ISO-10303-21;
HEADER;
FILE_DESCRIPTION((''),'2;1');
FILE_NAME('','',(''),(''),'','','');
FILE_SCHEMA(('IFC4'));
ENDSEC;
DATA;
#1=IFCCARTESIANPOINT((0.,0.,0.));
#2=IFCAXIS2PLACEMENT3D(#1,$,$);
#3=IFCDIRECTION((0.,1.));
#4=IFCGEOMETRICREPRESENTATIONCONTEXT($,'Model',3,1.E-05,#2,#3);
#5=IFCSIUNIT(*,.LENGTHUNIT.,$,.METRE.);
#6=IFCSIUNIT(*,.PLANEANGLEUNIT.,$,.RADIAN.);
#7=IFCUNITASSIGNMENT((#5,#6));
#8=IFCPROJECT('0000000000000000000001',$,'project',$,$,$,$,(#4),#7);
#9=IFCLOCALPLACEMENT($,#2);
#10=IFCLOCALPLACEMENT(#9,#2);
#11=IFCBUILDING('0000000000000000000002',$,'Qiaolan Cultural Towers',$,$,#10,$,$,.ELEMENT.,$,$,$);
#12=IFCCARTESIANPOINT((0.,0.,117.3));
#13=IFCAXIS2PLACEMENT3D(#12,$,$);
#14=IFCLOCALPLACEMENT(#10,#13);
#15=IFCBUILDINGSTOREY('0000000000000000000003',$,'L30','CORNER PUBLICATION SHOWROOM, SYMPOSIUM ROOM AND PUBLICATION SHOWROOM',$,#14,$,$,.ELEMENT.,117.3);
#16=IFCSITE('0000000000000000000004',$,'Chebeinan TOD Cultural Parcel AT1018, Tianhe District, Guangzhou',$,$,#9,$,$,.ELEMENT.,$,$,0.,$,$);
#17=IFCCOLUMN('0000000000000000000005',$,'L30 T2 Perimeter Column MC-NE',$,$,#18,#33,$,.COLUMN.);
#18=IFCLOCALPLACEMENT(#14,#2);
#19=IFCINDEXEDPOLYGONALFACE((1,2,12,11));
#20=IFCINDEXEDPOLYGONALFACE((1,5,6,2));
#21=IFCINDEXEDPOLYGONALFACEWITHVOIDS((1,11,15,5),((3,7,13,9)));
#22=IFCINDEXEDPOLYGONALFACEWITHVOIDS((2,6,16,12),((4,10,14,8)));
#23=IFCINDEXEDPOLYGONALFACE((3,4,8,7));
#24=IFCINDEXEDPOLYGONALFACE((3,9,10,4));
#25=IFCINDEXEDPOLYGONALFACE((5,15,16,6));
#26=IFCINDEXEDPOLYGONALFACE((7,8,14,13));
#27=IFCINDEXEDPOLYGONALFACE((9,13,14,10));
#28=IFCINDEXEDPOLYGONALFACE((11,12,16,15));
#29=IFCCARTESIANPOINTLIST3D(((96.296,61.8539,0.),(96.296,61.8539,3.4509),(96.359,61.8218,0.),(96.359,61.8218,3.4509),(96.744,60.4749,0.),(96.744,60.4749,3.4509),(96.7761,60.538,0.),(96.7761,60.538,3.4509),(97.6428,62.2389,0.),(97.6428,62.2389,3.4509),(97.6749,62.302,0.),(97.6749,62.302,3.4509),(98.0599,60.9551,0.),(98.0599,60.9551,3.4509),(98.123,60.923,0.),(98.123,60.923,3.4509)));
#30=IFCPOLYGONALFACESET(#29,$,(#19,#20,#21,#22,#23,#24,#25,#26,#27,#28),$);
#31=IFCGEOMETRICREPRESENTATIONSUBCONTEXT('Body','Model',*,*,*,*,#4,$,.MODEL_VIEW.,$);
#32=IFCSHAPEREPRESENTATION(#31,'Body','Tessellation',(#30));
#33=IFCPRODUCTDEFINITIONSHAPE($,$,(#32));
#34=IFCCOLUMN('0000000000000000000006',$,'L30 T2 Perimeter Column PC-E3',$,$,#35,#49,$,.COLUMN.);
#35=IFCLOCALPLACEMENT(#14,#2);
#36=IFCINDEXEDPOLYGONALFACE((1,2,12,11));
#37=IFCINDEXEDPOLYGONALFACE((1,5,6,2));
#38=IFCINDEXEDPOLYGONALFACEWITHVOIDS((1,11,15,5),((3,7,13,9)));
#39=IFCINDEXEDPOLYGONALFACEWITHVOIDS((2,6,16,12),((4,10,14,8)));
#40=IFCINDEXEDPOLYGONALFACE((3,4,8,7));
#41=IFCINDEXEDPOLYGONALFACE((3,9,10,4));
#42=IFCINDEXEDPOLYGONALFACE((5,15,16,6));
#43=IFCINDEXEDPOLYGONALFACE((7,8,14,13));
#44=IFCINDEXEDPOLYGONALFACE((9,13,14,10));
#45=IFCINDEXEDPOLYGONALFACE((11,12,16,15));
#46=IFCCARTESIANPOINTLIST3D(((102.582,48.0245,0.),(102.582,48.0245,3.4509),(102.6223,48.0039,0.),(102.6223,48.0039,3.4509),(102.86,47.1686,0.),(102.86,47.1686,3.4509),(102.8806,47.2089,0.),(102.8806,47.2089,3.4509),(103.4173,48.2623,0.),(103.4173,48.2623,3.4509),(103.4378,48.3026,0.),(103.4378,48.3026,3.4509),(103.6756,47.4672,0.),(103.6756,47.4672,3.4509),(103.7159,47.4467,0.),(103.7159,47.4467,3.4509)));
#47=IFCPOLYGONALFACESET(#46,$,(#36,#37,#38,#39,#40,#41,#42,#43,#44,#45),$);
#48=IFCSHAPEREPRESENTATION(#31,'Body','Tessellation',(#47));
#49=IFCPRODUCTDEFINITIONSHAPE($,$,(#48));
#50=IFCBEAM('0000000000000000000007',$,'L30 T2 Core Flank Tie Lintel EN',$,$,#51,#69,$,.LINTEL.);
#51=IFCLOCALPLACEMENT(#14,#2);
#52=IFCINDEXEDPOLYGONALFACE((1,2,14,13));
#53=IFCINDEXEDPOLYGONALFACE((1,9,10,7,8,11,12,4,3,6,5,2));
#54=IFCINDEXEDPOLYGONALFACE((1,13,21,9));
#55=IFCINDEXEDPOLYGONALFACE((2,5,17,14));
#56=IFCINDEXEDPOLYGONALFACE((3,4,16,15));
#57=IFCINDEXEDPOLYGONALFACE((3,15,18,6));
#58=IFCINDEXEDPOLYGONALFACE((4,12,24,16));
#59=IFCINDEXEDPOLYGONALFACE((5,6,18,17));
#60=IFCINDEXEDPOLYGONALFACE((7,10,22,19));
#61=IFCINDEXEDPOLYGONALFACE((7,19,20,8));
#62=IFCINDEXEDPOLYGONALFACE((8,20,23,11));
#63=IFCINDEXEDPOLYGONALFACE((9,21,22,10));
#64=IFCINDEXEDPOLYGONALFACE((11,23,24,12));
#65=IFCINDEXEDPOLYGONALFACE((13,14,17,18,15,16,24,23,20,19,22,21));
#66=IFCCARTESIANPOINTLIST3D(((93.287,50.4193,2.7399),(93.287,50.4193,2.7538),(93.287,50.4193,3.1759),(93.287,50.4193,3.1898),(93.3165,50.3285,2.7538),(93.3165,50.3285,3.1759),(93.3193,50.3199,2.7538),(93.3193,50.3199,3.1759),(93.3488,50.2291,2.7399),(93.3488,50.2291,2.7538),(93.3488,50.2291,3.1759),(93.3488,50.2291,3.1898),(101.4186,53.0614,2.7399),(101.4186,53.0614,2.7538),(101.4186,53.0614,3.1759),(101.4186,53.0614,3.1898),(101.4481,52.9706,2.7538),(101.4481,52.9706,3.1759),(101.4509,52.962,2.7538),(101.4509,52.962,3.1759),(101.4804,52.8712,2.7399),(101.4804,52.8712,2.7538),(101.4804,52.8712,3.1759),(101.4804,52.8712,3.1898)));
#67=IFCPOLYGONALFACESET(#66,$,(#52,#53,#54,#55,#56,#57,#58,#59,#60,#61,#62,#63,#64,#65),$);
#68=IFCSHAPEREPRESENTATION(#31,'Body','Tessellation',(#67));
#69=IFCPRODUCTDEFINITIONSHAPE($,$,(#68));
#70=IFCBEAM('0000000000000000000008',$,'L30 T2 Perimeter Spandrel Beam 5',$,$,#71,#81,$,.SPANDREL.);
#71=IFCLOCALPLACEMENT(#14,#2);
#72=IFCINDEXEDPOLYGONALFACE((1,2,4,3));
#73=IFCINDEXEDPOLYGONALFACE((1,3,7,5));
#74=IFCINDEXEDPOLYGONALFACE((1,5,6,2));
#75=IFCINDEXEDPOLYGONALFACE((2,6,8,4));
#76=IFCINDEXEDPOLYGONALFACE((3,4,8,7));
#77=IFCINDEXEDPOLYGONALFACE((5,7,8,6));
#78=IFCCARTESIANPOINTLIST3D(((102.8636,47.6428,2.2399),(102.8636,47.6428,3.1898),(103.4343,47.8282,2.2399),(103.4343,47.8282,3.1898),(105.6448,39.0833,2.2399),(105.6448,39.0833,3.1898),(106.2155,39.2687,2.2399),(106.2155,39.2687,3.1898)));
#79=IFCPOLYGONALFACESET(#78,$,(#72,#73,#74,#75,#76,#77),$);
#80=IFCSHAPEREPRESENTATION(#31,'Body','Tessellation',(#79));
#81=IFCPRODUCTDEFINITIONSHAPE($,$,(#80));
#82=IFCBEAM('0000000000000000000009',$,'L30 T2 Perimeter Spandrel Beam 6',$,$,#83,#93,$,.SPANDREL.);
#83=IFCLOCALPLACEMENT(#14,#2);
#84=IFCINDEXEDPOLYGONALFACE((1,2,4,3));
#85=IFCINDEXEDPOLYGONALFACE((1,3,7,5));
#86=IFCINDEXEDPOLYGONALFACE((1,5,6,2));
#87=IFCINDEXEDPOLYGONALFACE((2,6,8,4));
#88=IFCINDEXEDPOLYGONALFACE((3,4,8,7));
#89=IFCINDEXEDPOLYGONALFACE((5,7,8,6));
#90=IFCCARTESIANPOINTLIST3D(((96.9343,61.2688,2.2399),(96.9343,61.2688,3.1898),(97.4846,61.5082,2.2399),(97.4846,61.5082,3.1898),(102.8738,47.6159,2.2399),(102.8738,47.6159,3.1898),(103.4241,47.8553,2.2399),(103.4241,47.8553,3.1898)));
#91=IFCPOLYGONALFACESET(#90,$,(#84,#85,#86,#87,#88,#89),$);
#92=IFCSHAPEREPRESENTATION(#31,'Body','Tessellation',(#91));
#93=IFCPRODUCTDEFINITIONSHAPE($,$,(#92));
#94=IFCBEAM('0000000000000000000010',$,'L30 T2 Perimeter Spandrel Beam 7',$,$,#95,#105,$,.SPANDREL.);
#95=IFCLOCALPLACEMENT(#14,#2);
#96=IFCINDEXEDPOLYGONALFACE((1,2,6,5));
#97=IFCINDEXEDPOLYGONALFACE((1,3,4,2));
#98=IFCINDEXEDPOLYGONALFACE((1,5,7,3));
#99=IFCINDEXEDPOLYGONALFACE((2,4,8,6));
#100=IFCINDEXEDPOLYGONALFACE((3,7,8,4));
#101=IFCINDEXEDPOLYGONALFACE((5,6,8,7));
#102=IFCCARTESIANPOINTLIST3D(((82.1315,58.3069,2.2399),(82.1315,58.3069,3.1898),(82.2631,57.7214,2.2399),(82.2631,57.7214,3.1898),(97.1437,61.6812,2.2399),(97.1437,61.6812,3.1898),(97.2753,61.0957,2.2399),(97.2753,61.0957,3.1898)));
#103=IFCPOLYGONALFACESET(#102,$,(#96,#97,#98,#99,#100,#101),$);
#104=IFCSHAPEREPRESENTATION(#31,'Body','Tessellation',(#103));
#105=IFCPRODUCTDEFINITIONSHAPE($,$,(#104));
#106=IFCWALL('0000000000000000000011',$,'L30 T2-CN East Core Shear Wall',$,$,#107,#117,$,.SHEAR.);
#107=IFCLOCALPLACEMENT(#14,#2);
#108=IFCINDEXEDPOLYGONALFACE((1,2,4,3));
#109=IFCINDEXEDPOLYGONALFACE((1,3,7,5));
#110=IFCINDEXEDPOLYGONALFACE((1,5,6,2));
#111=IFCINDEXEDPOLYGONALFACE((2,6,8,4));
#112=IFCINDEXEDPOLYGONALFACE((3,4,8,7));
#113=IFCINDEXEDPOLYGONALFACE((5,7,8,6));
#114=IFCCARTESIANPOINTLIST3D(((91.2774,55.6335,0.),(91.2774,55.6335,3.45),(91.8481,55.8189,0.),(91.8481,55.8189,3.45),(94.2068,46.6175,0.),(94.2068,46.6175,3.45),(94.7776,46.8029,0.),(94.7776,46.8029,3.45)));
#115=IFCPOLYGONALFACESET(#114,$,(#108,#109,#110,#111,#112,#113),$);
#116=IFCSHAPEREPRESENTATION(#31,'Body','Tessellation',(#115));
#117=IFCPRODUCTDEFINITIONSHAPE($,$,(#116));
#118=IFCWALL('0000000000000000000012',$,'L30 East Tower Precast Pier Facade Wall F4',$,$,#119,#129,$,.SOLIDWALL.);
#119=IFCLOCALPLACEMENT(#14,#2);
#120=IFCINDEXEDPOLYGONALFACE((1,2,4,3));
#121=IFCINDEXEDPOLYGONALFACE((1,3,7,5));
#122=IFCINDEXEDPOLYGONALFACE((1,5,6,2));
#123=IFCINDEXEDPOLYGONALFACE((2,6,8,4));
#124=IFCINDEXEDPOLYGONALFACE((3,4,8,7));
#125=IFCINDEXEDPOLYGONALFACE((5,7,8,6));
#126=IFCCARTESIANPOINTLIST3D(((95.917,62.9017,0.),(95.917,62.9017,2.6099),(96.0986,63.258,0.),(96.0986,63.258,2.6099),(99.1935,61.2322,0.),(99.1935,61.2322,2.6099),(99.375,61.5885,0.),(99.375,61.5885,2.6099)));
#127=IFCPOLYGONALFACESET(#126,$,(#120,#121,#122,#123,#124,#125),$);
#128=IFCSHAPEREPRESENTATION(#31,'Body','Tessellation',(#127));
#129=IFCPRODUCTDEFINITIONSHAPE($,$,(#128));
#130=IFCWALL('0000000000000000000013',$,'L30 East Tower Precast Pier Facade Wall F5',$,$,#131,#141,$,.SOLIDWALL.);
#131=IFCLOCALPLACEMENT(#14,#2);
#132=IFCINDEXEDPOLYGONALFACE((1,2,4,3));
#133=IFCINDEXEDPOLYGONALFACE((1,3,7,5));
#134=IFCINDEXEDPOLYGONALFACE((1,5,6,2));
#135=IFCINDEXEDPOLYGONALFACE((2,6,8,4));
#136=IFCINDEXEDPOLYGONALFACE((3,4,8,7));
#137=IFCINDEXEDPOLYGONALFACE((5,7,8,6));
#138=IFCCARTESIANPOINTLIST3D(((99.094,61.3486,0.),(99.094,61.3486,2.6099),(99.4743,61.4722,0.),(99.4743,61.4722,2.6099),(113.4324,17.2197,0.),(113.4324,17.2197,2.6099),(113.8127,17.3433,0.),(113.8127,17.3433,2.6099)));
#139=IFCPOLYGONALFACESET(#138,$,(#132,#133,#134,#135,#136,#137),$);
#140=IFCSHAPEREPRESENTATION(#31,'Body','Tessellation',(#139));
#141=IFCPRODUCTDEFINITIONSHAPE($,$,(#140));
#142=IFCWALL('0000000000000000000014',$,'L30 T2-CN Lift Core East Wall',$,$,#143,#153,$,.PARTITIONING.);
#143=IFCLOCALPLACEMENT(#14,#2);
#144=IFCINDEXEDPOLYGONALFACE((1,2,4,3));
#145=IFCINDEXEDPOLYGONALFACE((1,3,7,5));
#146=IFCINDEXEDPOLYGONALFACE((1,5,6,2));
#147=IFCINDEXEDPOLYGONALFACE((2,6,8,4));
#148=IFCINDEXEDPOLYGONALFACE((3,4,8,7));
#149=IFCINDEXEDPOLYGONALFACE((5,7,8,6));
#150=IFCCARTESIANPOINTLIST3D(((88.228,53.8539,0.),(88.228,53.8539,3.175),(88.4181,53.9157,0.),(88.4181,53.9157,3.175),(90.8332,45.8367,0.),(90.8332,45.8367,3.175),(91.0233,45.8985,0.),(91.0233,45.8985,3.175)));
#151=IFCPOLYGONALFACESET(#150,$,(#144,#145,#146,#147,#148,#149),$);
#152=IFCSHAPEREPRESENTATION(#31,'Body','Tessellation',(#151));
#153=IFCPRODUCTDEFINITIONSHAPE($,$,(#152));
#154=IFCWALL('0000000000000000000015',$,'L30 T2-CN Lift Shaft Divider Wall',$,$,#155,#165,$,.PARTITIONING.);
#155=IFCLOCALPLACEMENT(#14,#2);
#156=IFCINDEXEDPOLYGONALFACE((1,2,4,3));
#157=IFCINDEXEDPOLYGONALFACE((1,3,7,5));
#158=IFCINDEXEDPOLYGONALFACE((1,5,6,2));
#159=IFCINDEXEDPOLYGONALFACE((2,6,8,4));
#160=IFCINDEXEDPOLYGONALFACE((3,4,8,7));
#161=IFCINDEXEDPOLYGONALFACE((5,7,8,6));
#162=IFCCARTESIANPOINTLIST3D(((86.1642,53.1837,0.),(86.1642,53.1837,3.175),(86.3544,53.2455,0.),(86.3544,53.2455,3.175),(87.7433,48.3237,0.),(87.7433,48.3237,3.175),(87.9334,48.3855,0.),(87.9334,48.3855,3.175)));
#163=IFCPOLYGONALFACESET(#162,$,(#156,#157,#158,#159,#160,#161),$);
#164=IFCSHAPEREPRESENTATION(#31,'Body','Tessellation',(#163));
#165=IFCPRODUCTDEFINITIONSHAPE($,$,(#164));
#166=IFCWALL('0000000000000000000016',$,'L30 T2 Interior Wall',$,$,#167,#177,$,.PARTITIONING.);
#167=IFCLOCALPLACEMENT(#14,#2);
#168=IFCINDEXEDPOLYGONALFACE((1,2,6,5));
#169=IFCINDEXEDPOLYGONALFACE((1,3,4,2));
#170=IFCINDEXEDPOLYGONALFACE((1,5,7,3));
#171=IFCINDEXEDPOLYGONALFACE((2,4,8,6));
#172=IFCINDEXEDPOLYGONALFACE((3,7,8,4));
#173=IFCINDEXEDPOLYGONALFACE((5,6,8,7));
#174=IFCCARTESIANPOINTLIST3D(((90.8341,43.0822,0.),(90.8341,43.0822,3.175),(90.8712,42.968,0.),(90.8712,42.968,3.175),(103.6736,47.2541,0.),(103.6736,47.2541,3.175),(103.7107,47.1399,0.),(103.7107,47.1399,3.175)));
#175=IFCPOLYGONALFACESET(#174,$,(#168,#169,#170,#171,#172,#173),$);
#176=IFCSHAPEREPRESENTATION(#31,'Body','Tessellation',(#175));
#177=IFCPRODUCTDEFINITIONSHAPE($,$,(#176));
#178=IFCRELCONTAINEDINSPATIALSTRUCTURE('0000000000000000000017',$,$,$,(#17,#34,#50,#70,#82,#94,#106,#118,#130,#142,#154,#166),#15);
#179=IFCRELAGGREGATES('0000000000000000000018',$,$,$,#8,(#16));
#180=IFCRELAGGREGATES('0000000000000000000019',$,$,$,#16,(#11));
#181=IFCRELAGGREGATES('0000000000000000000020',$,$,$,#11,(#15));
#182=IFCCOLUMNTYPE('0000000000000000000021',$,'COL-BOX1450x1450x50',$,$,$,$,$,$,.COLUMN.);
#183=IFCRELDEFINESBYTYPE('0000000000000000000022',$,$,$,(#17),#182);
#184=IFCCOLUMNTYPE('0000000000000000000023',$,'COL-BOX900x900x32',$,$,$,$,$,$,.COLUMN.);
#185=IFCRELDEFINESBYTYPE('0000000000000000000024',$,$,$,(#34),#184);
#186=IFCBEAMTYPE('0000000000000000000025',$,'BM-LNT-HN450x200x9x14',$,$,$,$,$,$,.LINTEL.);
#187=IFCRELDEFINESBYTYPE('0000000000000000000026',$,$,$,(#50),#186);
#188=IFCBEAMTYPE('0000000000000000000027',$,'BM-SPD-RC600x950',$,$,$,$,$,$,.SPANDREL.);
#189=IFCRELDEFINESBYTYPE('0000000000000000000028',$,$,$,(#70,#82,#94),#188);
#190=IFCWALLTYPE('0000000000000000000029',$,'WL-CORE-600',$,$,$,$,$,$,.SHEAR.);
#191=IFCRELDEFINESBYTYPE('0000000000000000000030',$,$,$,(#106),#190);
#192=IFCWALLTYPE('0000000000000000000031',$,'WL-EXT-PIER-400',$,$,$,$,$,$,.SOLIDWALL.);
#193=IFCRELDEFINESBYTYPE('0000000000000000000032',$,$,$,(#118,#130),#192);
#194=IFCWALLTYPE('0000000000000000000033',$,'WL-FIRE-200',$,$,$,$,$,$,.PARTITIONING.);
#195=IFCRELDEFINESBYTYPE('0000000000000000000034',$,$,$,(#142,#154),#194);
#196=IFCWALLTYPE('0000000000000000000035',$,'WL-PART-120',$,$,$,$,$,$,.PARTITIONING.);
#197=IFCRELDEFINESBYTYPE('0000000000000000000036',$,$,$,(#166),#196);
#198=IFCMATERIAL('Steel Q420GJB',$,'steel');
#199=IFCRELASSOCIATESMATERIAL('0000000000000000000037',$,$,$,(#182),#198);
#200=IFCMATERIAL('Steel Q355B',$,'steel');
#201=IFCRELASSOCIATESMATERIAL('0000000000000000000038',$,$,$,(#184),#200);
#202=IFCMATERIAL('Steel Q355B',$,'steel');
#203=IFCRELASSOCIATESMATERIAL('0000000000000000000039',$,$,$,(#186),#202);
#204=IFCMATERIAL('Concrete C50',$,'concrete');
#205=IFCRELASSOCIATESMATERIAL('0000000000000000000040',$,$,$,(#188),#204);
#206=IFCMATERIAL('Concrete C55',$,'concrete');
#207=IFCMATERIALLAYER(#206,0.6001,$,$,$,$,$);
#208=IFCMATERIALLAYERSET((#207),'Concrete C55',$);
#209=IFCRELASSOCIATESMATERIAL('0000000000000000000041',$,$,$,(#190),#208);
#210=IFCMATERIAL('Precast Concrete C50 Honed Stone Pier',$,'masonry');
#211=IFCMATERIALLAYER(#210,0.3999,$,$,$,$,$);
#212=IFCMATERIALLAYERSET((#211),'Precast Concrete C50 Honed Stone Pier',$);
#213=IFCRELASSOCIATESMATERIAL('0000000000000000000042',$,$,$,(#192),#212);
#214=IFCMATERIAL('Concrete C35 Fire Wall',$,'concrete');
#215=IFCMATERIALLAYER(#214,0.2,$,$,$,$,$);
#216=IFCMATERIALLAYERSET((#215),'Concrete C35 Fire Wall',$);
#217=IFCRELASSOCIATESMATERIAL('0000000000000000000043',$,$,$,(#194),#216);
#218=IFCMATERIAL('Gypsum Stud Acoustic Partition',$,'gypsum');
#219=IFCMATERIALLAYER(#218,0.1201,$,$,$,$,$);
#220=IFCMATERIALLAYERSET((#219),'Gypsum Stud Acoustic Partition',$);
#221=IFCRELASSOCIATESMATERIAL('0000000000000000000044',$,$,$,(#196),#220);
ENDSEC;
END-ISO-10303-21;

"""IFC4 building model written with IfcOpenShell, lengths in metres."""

from ifc_helpers import new_model, si_unit, direction, frame, frame_2d, origin, origin_2d, place, context, subcontext, project, spatial, rectangle, hollow_rectangle, i_section, extrude, material, layer, layer_set, material_profile, profile_set, type_object, element, save


model = new_model("IFC4")

# Units and contexts
model_context = context("Model", 3, precision=1e-05, world=origin(), true_north=direction((0.0, 1.0)))
body_context = subcontext(model_context, "Body", "Model", "MODEL_VIEW")
ifc_project = project(units=[si_unit("LENGTHUNIT", "METRE"), si_unit("PLANEANGLEUNIT", "RADIAN")], contexts=[model_context])

# Site, building, storey
site_placement = place(None, origin())
site = spatial("IfcSite", under=ifc_project, at=site_placement, Name="Chebeinan TOD Cultural Parcel AT1018, Tianhe District, Guangzhou", CompositionType="ELEMENT", RefElevation=0.0)
building_placement = place(site_placement, origin())
building = spatial("IfcBuilding", under=site, at=building_placement, Name="Qiaolan Cultural Towers", CompositionType="ELEMENT")
storey_placement = place(building_placement, frame((0.0, 0.0, 117.3)))
storey = spatial("IfcBuildingStorey", under=building, at=storey_placement, Name="L30", Description="CORNER PUBLICATION SHOWROOM, SYMPOSIUM ROOM AND PUBLICATION SHOWROOM", CompositionType="ELEMENT", Elevation=117.3)

# Columns
ifc_material_1 = material(Name="Steel Q420GJB", Category="steel")
ifc_material_profile_1 = material_profile(ifc_material_1, hollow_rectangle(XDim=1.45, YDim=1.45, WallThickness=0.05, at=origin_2d()), Name="BOX1450x1450x50")
ifc_profile_set_1 = profile_set([ifc_material_profile_1], Name="Steel Q420GJB")
column_type_1 = type_object("IfcColumnType", Name="COL-BOX1450x1450x50", PredefinedType="COLUMN", material=ifc_profile_set_1)
column_1_placement = place(storey_placement, frame((97.2095, 61.3884, 0.0), z_axis=(0.0, 0.0, 1.0), x_axis=(0.951057, 0.309017, 0.0)))
element("IfcColumn", 1, at=column_1_placement, inside=storey, type_object=column_type_1, Name="L30 T2 Perimeter Column MC-NE", PredefinedType="COLUMN", context=body_context, shape_type="SweptSolid", body=[
    extrude(hollow_rectangle(XDim=1.45, YDim=1.45, WallThickness=0.05, at=origin_2d()), origin(), (0.0, 0.0, 1.0), 3.4509),
])
ifc_material_2 = material(Name="Steel Q355B", Category="steel")
ifc_material_profile_2 = material_profile(ifc_material_2, hollow_rectangle(XDim=0.8999, YDim=0.8999, WallThickness=0.032, at=origin_2d()), Name="BOX900x900x32")
ifc_profile_set_2 = profile_set([ifc_material_profile_2], Name="Steel Q355B")
column_type_2 = type_object("IfcColumnType", Name="COL-BOX900x900x32", PredefinedType="COLUMN", material=ifc_profile_set_2)
column_2_placement = place(storey_placement, frame((103.1489, 47.7356, 0.0), z_axis=(0.0, 0.0, 1.0), x_axis=(0.951057, 0.309017, 0.0)))
element("IfcColumn", 2, at=column_2_placement, inside=storey, type_object=column_type_2, Name="L30 T2 Perimeter Column PC-E3", PredefinedType="COLUMN", context=body_context, shape_type="SweptSolid", body=[
    extrude(hollow_rectangle(XDim=0.8999, YDim=0.8999, WallThickness=0.032, at=origin_2d()), origin(), (0.0, 0.0, 1.0), 3.4509),
])

# Beams
ifc_material_3 = material(Name="Steel Q355B", Category="steel")
ifc_material_profile_3 = material_profile(ifc_material_3, i_section(OverallWidth=0.2, OverallDepth=0.45, WebThickness=0.009, FlangeThickness=0.0139, at=origin_2d()), Name="HN450x200x9x14")
ifc_profile_set_3 = profile_set([ifc_material_profile_3], Name="Steel Q355B")
beam_type_1 = type_object("IfcBeamType", Name="BM-LNT-HN450x200x9x14", PredefinedType="LINTEL", material=ifc_profile_set_3)
beam_1_placement = place(storey_placement, frame((93.3179, 50.3242, 2.9648), z_axis=(0.951057, 0.309014, 0.0), x_axis=(-0.309014, 0.951057, 0.0)))
element("IfcBeam", 3, at=beam_1_placement, inside=storey, type_object=beam_type_1, Name="L30 T2 Core Flank Tie Lintel EN", PredefinedType="LINTEL", context=body_context, shape_type="SweptSolid", body=[
    extrude(i_section(OverallWidth=0.2, OverallDepth=0.45, WebThickness=0.009, FlangeThickness=0.0139, at=origin_2d()), origin(), (0.0, 0.0, 1.0), 8.55),
])
ifc_material_4 = material(Name="Concrete C50", Category="concrete")
ifc_material_profile_4 = material_profile(ifc_material_4, rectangle(XDim=0.6001, YDim=0.95, at=origin_2d()), Name="RC600x950")
ifc_profile_set_4 = profile_set([ifc_material_profile_4], Name="Concrete C50")
beam_type_2 = type_object("IfcBeamType", Name="BM-SPD-RC600x950", PredefinedType="SPANDREL", material=ifc_profile_set_4)
beam_2_placement = place(storey_placement, frame((105.9302, 39.176, 2.7148), z_axis=(-0.309025, 0.951054, 0.0), x_axis=(-0.951054, -0.309025, 0.0)))
element("IfcBeam", 4, at=beam_2_placement, inside=storey, type_object=beam_type_2, Name="L30 T2 Perimeter Spandrel Beam 5", PredefinedType="SPANDREL", context=body_context, shape_type="SweptSolid", body=[
    extrude(rectangle(XDim=0.6001, YDim=0.95, at=origin_2d()), origin(), (0.0, 0.0, 1.0), 9.0),
])
beam_3_placement = place(storey_placement, frame((103.1489, 47.7356, 2.7148), z_axis=(-0.39892, 0.916986, 0.0), x_axis=(-0.916986, -0.39892, 0.0)))
element("IfcBeam", 5, at=beam_3_placement, inside=storey, type_object=beam_type_2, Name="L30 T2 Perimeter Spandrel Beam 6", PredefinedType="SPANDREL", context=body_context, shape_type="SweptSolid", body=[
    extrude(rectangle(XDim=0.6001, YDim=0.95, at=origin_2d()), origin(), (0.0, 0.0, 1.0), 14.8889),
])
beam_4_placement = place(storey_placement, frame((97.2095, 61.3884, 2.7148), z_axis=(-0.975658, -0.219297, 0.0), x_axis=(0.219297, -0.975658, 0.0)))
element("IfcBeam", 6, at=beam_4_placement, inside=storey, type_object=beam_type_2, Name="L30 T2 Perimeter Spandrel Beam 7", PredefinedType="SPANDREL", context=body_context, shape_type="SweptSolid", body=[
    extrude(rectangle(XDim=0.6001, YDim=0.95, at=origin_2d()), origin(), (0.0, 0.0, 1.0), 15.3867),
])

# Walls
ifc_material_5 = material(Name="Concrete C55", Category="concrete")
ifc_layer_1 = layer(ifc_material_5, 0.6001)
ifc_layer_set_1 = layer_set([ifc_layer_1], Name="Concrete C55")
wall_type_1 = type_object("IfcWallType", Name="WL-CORE-600", PredefinedType="SHEAR", material=ifc_layer_set_1)
wall_1_placement = place(storey_placement, frame((94.4922, 46.7102, 0.0), z_axis=(0.0, 0.0, 1.0), x_axis=(-0.30901, 0.951059, 0.0)))
element("IfcWall", 7, at=wall_1_placement, inside=storey, type_object=wall_type_1, Name="L30 T2-CN East Core Shear Wall", PredefinedType="SHEAR", context=body_context, shape_type="SweptSolid", body=[
    extrude(rectangle(XDim=9.48, YDim=0.6001, at=frame_2d((4.74, 0.0))), origin(), (0.0, 0.0, 1.0), 3.45),
])
ifc_material_6 = material(Name="Precast Concrete C50 Honed Stone Pier", Category="masonry")
ifc_layer_2 = layer(ifc_material_6, 0.3999)
ifc_layer_set_2 = layer_set([ifc_layer_2], Name="Precast Concrete C50 Honed Stone Pier")
wall_type_2 = type_object("IfcWallType", Name="WL-EXT-PIER-400", PredefinedType="SOLIDWALL", material=ifc_layer_set_2)
wall_2_placement = place(storey_placement, frame((96.0078, 63.0798, 0.0), z_axis=(0.0, 0.0, 1.0), x_axis=(0.891002, -0.453999, 0.0)))
element("IfcWall", 8, at=wall_2_placement, inside=storey, type_object=wall_type_2, Name="L30 East Tower Precast Pier Facade Wall F4", PredefinedType="SOLIDWALL", context=body_context, shape_type="SweptSolid", body=[
    extrude(rectangle(XDim=3.6772, YDim=0.3999, at=frame_2d((1.8386, 0.0))), origin(), (0.0, 0.0, 1.0), 2.6099),
])
wall_3_placement = place(storey_placement, frame((99.2842, 61.4104, 0.0), z_axis=(0.0, 0.0, 1.0), x_axis=(0.309018, -0.951056, 0.0)))
element("IfcWall", 9, at=wall_3_placement, inside=storey, type_object=wall_type_2, Name="L30 East Tower Precast Pier Facade Wall F5", PredefinedType="SOLIDWALL", context=body_context, shape_type="SweptSolid", body=[
    extrude(rectangle(XDim=46.3999, YDim=0.3999, at=frame_2d((23.2, 0.0))), origin(), (0.0, 0.0, 1.0), 2.6099),
])
ifc_material_7 = material(Name="Concrete C35 Fire Wall", Category="concrete")
ifc_layer_3 = layer(ifc_material_7, 0.2)
ifc_layer_set_3 = layer_set([ifc_layer_3], Name="Concrete C35 Fire Wall")
wall_type_3 = type_object("IfcWallType", Name="WL-FIRE-200", PredefinedType="PARTITIONING", material=ifc_layer_set_3)
wall_4_placement = place(storey_placement, frame((90.9282, 45.8677, 0.0), z_axis=(0.0, 0.0, 1.0), x_axis=(-0.309042, 0.951048, 0.0)))
element("IfcWall", 10, at=wall_4_placement, inside=storey, type_object=wall_type_3, Name="L30 T2-CN Lift Core East Wall", PredefinedType="PARTITIONING", context=body_context, shape_type="SweptSolid", body=[
    extrude(rectangle(XDim=8.4299, YDim=0.2, at=frame_2d((4.2148, 0.0))), origin(), (0.0, 0.0, 1.0), 3.175),
])
wall_5_placement = place(storey_placement, frame((87.8384, 48.3545, 0.0), z_axis=(0.0, 0.0, 1.0), x_axis=(-0.309009, 0.951059, 0.0)))
element("IfcWall", 11, at=wall_5_placement, inside=storey, type_object=wall_type_3, Name="L30 T2-CN Lift Shaft Divider Wall", PredefinedType="PARTITIONING", context=body_context, shape_type="SweptSolid", body=[
    extrude(rectangle(XDim=5.1101, YDim=0.2, at=frame_2d((2.5552, 0.0))), origin(), (0.0, 0.0, 1.0), 3.175),
])
ifc_material_8 = material(Name="Gypsum Stud Acoustic Partition", Category="gypsum")
ifc_layer_4 = layer(ifc_material_8, 0.1201)
ifc_layer_set_4 = layer_set([ifc_layer_4], Name="Gypsum Stud Acoustic Partition")
wall_type_4 = type_object("IfcWallType", Name="WL-PART-120", PredefinedType="PARTITIONING", material=ifc_layer_set_4)
for number, where, z_axis, x_axis, name in (
    (12, (90.8528, 43.0251, 0.0), (0.0, 0.0, 1.0), (0.951054, 0.309025, 0.0), "L30 T2 Interior Wall"),
):
    element("IfcWall", number, at=place(storey_placement, frame(where, z_axis=z_axis, x_axis=x_axis)), inside=storey, type_object=wall_type_4, Name=name, PredefinedType="PARTITIONING", context=body_context, shape_type="SweptSolid", body=[
        extrude(rectangle(XDim=13.5002, YDim=0.1201, at=frame_2d((6.75, 0.0))), origin(), (0.0, 0.0, 1.0), 3.175),
    ])

save(model, "model.ifc")
